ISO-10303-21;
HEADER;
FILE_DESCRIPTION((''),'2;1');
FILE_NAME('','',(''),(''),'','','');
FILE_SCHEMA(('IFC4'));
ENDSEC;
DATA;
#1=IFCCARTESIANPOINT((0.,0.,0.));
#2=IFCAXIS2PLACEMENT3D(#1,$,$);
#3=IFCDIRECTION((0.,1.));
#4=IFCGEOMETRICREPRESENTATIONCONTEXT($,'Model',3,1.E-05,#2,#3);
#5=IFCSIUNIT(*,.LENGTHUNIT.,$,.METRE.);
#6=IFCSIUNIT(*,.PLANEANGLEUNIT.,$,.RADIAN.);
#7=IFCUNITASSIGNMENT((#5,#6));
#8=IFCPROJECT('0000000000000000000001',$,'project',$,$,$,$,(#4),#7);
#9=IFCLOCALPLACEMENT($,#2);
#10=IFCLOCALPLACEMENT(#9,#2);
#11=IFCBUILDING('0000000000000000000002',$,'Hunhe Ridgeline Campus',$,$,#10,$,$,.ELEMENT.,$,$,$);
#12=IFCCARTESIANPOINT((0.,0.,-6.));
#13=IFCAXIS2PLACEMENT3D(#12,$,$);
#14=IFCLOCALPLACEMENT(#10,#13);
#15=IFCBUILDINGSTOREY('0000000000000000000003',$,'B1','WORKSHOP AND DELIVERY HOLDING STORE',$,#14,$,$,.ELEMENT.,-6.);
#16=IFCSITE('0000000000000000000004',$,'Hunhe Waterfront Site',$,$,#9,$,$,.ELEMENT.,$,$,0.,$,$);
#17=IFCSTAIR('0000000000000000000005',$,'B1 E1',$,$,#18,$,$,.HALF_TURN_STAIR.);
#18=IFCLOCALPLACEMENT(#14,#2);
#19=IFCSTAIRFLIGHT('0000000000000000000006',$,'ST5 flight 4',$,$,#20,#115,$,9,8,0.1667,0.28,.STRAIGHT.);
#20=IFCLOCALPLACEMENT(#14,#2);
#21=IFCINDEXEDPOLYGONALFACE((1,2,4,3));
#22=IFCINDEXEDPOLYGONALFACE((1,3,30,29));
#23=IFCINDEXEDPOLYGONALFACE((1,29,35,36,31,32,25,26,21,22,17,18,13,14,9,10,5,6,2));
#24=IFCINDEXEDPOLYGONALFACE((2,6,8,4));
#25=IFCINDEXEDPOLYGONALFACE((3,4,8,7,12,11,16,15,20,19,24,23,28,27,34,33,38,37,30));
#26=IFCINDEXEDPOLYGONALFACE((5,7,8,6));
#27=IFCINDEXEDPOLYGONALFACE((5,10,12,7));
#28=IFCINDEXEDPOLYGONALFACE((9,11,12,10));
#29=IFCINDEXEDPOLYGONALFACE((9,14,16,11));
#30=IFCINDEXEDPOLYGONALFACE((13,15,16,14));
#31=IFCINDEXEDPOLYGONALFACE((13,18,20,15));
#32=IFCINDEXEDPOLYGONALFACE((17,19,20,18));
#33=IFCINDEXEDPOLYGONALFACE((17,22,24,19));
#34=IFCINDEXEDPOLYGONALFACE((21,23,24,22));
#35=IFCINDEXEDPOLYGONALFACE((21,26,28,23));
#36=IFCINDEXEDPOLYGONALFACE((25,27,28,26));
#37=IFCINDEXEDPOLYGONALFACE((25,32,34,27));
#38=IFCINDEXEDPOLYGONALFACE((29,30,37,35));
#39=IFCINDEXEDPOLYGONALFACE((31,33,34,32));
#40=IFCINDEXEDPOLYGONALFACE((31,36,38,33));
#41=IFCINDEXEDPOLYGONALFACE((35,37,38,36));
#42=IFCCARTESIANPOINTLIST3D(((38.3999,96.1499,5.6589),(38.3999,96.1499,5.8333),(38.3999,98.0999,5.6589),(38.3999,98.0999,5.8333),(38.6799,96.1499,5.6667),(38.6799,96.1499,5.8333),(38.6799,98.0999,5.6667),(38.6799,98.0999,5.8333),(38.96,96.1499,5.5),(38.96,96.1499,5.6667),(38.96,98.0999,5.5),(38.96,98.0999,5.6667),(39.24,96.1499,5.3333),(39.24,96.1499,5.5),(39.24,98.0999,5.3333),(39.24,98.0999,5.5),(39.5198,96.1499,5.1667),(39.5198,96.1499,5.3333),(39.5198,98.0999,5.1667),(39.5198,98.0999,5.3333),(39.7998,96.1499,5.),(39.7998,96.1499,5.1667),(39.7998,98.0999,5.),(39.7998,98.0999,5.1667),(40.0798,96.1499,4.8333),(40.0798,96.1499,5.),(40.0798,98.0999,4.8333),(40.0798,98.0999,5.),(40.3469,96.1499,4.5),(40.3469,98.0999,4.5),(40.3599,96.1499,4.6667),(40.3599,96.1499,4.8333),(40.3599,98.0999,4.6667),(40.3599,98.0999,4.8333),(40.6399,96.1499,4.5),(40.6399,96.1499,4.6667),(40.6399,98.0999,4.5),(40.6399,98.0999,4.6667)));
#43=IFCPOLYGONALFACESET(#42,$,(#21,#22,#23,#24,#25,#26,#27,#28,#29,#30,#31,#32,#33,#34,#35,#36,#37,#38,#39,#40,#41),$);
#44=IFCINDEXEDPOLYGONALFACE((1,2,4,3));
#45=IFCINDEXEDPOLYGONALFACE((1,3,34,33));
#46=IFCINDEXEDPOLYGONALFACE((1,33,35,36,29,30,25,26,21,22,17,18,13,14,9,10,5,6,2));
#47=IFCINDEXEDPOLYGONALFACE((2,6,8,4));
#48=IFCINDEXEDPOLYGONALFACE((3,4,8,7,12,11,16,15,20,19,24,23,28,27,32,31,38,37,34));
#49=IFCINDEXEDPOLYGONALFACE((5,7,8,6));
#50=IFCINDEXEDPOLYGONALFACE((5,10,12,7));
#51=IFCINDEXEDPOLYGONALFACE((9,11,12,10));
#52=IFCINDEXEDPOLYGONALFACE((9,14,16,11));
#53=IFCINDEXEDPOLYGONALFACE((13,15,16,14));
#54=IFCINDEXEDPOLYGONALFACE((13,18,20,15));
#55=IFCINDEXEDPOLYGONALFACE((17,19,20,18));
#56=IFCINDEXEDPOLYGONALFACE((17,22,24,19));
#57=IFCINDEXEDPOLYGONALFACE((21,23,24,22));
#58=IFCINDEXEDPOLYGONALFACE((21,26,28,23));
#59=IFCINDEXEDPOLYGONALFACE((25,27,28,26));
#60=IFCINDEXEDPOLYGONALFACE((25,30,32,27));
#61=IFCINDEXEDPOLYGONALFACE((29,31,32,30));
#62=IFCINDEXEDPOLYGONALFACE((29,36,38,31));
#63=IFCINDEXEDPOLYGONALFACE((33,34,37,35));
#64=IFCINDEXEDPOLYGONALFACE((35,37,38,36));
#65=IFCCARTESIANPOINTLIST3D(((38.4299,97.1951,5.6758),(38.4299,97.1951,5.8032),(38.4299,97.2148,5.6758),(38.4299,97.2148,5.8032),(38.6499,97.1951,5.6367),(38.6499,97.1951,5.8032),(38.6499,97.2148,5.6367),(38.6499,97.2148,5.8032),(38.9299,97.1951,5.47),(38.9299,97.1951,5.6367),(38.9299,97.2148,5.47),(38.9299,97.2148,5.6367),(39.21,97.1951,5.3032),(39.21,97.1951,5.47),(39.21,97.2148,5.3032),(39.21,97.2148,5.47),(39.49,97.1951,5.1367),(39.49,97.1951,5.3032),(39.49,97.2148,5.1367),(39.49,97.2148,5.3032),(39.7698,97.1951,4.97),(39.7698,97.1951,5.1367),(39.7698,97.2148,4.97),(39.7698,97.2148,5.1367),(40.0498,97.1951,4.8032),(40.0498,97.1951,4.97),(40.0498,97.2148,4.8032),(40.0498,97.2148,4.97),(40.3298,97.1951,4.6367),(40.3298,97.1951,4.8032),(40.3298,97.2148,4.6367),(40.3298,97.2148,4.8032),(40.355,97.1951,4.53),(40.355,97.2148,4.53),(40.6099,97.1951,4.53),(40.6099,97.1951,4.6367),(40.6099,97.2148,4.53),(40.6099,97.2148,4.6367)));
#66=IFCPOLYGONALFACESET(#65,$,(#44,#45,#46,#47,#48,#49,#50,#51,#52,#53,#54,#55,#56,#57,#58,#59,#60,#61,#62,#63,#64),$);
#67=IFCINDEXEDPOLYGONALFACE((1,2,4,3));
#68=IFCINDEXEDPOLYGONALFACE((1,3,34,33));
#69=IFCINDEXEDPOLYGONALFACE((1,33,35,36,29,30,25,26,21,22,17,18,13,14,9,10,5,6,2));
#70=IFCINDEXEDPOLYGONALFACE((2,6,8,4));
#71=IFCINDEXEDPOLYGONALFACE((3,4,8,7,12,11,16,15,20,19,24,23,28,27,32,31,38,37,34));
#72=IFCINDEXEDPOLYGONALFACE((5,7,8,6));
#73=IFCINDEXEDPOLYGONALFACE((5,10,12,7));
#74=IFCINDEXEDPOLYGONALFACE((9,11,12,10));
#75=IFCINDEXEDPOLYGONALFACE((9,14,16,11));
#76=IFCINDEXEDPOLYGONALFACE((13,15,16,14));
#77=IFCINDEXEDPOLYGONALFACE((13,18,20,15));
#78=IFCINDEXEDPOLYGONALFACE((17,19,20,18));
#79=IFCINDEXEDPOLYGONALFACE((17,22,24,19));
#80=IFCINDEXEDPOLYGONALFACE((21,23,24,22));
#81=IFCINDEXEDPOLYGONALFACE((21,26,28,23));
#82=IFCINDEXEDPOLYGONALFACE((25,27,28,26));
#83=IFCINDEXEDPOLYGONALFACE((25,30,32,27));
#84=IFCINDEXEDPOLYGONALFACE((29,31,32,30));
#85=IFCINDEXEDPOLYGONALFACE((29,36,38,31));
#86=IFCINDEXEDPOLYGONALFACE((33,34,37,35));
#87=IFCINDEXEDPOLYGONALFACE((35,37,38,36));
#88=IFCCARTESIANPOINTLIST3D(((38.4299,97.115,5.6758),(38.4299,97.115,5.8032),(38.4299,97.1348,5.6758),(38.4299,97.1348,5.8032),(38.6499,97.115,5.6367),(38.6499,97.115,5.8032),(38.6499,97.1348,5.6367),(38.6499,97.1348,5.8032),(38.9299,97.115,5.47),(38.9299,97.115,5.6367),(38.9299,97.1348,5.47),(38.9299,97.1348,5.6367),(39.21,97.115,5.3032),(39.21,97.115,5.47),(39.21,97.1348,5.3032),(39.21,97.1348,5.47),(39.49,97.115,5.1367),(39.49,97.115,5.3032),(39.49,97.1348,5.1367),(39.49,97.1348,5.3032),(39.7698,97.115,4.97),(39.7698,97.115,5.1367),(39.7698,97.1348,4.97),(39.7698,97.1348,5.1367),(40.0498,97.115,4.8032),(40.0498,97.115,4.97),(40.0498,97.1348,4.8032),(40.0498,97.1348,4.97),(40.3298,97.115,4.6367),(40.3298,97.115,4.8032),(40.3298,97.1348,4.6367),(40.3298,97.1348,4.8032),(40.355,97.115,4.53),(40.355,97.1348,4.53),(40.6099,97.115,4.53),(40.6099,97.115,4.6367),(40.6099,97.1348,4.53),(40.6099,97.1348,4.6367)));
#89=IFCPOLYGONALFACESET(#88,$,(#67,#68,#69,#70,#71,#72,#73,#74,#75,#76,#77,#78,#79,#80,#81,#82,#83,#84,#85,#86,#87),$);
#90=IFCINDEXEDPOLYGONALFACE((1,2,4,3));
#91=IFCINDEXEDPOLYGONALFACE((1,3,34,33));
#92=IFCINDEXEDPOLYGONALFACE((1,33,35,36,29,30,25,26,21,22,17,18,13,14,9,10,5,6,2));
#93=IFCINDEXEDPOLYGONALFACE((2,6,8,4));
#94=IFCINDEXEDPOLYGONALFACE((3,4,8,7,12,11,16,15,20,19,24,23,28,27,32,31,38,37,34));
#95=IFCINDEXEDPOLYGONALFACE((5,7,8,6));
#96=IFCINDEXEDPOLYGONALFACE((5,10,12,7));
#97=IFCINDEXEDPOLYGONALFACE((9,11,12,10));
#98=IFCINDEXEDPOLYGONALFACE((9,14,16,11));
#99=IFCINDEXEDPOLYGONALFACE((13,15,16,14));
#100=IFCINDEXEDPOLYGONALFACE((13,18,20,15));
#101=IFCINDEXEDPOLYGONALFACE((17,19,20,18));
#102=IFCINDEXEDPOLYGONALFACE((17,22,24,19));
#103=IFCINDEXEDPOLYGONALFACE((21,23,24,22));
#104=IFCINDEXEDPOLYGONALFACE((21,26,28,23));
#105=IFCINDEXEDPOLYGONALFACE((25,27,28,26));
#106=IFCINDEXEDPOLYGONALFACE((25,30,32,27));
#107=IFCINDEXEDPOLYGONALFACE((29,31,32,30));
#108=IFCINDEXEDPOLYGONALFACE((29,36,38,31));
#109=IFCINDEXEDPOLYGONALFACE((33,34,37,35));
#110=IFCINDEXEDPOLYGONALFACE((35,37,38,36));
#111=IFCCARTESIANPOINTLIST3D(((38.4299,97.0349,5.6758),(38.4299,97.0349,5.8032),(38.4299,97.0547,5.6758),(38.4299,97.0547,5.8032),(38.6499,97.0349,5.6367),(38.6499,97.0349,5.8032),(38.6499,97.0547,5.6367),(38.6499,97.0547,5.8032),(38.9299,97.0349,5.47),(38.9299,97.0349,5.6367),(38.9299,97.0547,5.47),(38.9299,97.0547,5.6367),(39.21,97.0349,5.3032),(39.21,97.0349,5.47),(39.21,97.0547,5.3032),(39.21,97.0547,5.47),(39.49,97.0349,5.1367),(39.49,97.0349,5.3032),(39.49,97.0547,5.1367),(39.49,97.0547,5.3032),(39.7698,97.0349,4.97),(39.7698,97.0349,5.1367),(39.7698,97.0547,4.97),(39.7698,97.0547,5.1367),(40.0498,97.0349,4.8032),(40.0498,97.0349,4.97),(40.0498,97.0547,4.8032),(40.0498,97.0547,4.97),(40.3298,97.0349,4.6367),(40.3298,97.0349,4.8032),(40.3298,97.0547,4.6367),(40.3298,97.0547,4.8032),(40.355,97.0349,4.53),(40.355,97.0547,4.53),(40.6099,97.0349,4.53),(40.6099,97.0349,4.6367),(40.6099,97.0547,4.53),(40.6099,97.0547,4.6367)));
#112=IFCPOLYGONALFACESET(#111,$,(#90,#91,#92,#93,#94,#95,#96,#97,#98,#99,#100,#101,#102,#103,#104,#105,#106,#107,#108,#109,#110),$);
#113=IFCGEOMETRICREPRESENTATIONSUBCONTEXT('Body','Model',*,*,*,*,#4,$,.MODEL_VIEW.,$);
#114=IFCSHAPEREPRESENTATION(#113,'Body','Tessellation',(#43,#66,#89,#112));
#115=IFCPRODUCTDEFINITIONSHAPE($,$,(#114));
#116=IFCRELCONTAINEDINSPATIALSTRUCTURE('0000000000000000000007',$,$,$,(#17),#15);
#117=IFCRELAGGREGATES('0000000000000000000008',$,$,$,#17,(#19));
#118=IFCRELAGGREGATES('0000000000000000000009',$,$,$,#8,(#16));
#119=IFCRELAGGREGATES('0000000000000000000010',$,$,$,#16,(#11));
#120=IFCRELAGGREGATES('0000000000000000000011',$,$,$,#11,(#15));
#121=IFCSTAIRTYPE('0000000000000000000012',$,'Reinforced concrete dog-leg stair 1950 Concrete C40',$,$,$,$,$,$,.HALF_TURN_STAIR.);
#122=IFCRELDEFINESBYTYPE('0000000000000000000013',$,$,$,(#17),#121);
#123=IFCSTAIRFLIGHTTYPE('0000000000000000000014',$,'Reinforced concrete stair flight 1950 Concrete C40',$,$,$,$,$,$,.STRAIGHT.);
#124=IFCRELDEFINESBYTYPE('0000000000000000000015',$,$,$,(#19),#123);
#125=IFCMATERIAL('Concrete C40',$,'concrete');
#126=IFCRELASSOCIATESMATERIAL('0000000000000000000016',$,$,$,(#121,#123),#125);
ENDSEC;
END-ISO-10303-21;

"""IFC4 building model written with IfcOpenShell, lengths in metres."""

from ifc_helpers import new_model, si_unit, direction, frame, origin, place, context, subcontext, project, spatial, polyline, outline, extrude, material, type_object, element, aggregate, save


model = new_model("IFC4")

# Units and contexts
model_context = context("Model", 3, precision=1e-05, world=origin(), true_north=direction((0.0, 1.0)))
body_context = subcontext(model_context, "Body", "Model", "MODEL_VIEW")
ifc_project = project(units=[si_unit("LENGTHUNIT", "METRE"), si_unit("PLANEANGLEUNIT", "RADIAN")], contexts=[model_context])

# Site, building, storey
site_placement = place(None, origin())
site = spatial("IfcSite", under=ifc_project, at=site_placement, Name="Hunhe Waterfront Site", CompositionType="ELEMENT", RefElevation=0.0)
building_placement = place(site_placement, origin())
building = spatial("IfcBuilding", under=site, at=building_placement, Name="Hunhe Ridgeline Campus", CompositionType="ELEMENT")
storey_placement = place(building_placement, frame((0.0, 0.0, -6.0)))
storey = spatial("IfcBuildingStorey", under=building, at=storey_placement, Name="B1", Description="WORKSHOP AND DELIVERY HOLDING STORE", CompositionType="ELEMENT", Elevation=-6.0)

# Stair, stair flight
ifc_material_1 = material(Name="Concrete C40", Category="concrete")
stair_type = type_object("IfcStairType", Name="Reinforced concrete dog-leg stair 1950 Concrete C40", PredefinedType="HALF_TURN_STAIR", material=ifc_material_1)
stair_1_placement = place(storey_placement, origin())
stair_1 = element("IfcStair", 1, at=stair_1_placement, inside=storey, type_object=stair_type, Name="B1 E1", PredefinedType="HALF_TURN_STAIR")
stair_flight_type = type_object("IfcStairFlightType", Name="Reinforced concrete stair flight 1950 Concrete C40", PredefinedType="STRAIGHT", material=ifc_material_1)
stair_flight_1_placement = place(storey_placement, frame((40.6399, 97.125, 4.5), z_axis=(0.0, 0.0, 1.0), x_axis=(-1.0, 0.0, 0.0)))
stair_flight_1 = element("IfcStairFlight", 2, at=stair_flight_1_placement, type_object=stair_flight_type, Name="ST5 flight 4", NumberOfRisers=9, NumberOfTreads=8, PredefinedType="STRAIGHT", RiserHeight=0.1667, TreadLength=0.28, context=body_context, shape_type="SweptSolid", body=[
    extrude(outline(polyline([(0.0, 0.0), (0.0, 0.1667), (0.28, 0.1667), (0.28, 0.3333), (0.5601, 0.3333), (0.5601, 0.5), (0.8401, 0.5), (0.8401, 0.6667), (1.1201, 0.6667), (1.1201, 0.8333), (1.3999, 0.8333), (1.3999, 1.0), (1.6799, 1.0), (1.6799, 1.1667), (1.96, 1.1667), (1.96, 1.3333), (2.24, 1.3333), (2.24, 1.5), (2.24, 1.1589), (0.293, 0.0), (0.0, 0.0)])), frame((0.0, 0.9751, 0.0), z_axis=(0.0, -1.0, 0.0), x_axis=(1.0, 0.0, 0.0)), (0.0, 0.0, 1.0), 1.95),
    extrude(outline(polyline([(0.03, 0.03), (0.03, 0.1367), (0.3101, 0.1367), (0.3101, 0.3032), (0.5901, 0.3032), (0.5901, 0.47), (0.8701, 0.47), (0.8701, 0.6367), (1.1499, 0.6367), (1.1499, 0.8032), (1.4299, 0.8032), (1.4299, 0.97), (1.71, 0.97), (1.71, 1.1367), (1.99, 1.1367), (1.99, 1.3032), (2.21, 1.3032), (2.21, 1.1758), (0.2849, 0.03), (0.03, 0.03)])), frame((0.0, -0.0701, 0.0), z_axis=(0.0, -1.0, 0.0), x_axis=(1.0, 0.0, 0.0)), (0.0, 0.0, 1.0), 0.0198),
    extrude(outline(polyline([(0.03, 0.03), (0.03, 0.1367), (0.3101, 0.1367), (0.3101, 0.3032), (0.5901, 0.3032), (0.5901, 0.47), (0.8701, 0.47), (0.8701, 0.6367), (1.1499, 0.6367), (1.1499, 0.8032), (1.4299, 0.8032), (1.4299, 0.97), (1.71, 0.97), (1.71, 1.1367), (1.99, 1.1367), (1.99, 1.3032), (2.21, 1.3032), (2.21, 1.1758), (0.2849, 0.03), (0.03, 0.03)])), frame((0.0, 0.01, 0.0), z_axis=(0.0, -1.0, 0.0), x_axis=(1.0, 0.0, 0.0)), (0.0, 0.0, 1.0), 0.0198),
    extrude(outline(polyline([(0.03, 0.03), (0.03, 0.1367), (0.3101, 0.1367), (0.3101, 0.3032), (0.5901, 0.3032), (0.5901, 0.47), (0.8701, 0.47), (0.8701, 0.6367), (1.1499, 0.6367), (1.1499, 0.8032), (1.4299, 0.8032), (1.4299, 0.97), (1.71, 0.97), (1.71, 1.1367), (1.99, 1.1367), (1.99, 1.3032), (2.21, 1.3032), (2.21, 1.1758), (0.2849, 0.03), (0.03, 0.03)])), frame((0.0, 0.0901, 0.0), z_axis=(0.0, -1.0, 0.0), x_axis=(1.0, 0.0, 0.0)), (0.0, 0.0, 1.0), 0.0198),
])
aggregate(stair_1, [stair_flight_1])

save(model, "model.ifc")
